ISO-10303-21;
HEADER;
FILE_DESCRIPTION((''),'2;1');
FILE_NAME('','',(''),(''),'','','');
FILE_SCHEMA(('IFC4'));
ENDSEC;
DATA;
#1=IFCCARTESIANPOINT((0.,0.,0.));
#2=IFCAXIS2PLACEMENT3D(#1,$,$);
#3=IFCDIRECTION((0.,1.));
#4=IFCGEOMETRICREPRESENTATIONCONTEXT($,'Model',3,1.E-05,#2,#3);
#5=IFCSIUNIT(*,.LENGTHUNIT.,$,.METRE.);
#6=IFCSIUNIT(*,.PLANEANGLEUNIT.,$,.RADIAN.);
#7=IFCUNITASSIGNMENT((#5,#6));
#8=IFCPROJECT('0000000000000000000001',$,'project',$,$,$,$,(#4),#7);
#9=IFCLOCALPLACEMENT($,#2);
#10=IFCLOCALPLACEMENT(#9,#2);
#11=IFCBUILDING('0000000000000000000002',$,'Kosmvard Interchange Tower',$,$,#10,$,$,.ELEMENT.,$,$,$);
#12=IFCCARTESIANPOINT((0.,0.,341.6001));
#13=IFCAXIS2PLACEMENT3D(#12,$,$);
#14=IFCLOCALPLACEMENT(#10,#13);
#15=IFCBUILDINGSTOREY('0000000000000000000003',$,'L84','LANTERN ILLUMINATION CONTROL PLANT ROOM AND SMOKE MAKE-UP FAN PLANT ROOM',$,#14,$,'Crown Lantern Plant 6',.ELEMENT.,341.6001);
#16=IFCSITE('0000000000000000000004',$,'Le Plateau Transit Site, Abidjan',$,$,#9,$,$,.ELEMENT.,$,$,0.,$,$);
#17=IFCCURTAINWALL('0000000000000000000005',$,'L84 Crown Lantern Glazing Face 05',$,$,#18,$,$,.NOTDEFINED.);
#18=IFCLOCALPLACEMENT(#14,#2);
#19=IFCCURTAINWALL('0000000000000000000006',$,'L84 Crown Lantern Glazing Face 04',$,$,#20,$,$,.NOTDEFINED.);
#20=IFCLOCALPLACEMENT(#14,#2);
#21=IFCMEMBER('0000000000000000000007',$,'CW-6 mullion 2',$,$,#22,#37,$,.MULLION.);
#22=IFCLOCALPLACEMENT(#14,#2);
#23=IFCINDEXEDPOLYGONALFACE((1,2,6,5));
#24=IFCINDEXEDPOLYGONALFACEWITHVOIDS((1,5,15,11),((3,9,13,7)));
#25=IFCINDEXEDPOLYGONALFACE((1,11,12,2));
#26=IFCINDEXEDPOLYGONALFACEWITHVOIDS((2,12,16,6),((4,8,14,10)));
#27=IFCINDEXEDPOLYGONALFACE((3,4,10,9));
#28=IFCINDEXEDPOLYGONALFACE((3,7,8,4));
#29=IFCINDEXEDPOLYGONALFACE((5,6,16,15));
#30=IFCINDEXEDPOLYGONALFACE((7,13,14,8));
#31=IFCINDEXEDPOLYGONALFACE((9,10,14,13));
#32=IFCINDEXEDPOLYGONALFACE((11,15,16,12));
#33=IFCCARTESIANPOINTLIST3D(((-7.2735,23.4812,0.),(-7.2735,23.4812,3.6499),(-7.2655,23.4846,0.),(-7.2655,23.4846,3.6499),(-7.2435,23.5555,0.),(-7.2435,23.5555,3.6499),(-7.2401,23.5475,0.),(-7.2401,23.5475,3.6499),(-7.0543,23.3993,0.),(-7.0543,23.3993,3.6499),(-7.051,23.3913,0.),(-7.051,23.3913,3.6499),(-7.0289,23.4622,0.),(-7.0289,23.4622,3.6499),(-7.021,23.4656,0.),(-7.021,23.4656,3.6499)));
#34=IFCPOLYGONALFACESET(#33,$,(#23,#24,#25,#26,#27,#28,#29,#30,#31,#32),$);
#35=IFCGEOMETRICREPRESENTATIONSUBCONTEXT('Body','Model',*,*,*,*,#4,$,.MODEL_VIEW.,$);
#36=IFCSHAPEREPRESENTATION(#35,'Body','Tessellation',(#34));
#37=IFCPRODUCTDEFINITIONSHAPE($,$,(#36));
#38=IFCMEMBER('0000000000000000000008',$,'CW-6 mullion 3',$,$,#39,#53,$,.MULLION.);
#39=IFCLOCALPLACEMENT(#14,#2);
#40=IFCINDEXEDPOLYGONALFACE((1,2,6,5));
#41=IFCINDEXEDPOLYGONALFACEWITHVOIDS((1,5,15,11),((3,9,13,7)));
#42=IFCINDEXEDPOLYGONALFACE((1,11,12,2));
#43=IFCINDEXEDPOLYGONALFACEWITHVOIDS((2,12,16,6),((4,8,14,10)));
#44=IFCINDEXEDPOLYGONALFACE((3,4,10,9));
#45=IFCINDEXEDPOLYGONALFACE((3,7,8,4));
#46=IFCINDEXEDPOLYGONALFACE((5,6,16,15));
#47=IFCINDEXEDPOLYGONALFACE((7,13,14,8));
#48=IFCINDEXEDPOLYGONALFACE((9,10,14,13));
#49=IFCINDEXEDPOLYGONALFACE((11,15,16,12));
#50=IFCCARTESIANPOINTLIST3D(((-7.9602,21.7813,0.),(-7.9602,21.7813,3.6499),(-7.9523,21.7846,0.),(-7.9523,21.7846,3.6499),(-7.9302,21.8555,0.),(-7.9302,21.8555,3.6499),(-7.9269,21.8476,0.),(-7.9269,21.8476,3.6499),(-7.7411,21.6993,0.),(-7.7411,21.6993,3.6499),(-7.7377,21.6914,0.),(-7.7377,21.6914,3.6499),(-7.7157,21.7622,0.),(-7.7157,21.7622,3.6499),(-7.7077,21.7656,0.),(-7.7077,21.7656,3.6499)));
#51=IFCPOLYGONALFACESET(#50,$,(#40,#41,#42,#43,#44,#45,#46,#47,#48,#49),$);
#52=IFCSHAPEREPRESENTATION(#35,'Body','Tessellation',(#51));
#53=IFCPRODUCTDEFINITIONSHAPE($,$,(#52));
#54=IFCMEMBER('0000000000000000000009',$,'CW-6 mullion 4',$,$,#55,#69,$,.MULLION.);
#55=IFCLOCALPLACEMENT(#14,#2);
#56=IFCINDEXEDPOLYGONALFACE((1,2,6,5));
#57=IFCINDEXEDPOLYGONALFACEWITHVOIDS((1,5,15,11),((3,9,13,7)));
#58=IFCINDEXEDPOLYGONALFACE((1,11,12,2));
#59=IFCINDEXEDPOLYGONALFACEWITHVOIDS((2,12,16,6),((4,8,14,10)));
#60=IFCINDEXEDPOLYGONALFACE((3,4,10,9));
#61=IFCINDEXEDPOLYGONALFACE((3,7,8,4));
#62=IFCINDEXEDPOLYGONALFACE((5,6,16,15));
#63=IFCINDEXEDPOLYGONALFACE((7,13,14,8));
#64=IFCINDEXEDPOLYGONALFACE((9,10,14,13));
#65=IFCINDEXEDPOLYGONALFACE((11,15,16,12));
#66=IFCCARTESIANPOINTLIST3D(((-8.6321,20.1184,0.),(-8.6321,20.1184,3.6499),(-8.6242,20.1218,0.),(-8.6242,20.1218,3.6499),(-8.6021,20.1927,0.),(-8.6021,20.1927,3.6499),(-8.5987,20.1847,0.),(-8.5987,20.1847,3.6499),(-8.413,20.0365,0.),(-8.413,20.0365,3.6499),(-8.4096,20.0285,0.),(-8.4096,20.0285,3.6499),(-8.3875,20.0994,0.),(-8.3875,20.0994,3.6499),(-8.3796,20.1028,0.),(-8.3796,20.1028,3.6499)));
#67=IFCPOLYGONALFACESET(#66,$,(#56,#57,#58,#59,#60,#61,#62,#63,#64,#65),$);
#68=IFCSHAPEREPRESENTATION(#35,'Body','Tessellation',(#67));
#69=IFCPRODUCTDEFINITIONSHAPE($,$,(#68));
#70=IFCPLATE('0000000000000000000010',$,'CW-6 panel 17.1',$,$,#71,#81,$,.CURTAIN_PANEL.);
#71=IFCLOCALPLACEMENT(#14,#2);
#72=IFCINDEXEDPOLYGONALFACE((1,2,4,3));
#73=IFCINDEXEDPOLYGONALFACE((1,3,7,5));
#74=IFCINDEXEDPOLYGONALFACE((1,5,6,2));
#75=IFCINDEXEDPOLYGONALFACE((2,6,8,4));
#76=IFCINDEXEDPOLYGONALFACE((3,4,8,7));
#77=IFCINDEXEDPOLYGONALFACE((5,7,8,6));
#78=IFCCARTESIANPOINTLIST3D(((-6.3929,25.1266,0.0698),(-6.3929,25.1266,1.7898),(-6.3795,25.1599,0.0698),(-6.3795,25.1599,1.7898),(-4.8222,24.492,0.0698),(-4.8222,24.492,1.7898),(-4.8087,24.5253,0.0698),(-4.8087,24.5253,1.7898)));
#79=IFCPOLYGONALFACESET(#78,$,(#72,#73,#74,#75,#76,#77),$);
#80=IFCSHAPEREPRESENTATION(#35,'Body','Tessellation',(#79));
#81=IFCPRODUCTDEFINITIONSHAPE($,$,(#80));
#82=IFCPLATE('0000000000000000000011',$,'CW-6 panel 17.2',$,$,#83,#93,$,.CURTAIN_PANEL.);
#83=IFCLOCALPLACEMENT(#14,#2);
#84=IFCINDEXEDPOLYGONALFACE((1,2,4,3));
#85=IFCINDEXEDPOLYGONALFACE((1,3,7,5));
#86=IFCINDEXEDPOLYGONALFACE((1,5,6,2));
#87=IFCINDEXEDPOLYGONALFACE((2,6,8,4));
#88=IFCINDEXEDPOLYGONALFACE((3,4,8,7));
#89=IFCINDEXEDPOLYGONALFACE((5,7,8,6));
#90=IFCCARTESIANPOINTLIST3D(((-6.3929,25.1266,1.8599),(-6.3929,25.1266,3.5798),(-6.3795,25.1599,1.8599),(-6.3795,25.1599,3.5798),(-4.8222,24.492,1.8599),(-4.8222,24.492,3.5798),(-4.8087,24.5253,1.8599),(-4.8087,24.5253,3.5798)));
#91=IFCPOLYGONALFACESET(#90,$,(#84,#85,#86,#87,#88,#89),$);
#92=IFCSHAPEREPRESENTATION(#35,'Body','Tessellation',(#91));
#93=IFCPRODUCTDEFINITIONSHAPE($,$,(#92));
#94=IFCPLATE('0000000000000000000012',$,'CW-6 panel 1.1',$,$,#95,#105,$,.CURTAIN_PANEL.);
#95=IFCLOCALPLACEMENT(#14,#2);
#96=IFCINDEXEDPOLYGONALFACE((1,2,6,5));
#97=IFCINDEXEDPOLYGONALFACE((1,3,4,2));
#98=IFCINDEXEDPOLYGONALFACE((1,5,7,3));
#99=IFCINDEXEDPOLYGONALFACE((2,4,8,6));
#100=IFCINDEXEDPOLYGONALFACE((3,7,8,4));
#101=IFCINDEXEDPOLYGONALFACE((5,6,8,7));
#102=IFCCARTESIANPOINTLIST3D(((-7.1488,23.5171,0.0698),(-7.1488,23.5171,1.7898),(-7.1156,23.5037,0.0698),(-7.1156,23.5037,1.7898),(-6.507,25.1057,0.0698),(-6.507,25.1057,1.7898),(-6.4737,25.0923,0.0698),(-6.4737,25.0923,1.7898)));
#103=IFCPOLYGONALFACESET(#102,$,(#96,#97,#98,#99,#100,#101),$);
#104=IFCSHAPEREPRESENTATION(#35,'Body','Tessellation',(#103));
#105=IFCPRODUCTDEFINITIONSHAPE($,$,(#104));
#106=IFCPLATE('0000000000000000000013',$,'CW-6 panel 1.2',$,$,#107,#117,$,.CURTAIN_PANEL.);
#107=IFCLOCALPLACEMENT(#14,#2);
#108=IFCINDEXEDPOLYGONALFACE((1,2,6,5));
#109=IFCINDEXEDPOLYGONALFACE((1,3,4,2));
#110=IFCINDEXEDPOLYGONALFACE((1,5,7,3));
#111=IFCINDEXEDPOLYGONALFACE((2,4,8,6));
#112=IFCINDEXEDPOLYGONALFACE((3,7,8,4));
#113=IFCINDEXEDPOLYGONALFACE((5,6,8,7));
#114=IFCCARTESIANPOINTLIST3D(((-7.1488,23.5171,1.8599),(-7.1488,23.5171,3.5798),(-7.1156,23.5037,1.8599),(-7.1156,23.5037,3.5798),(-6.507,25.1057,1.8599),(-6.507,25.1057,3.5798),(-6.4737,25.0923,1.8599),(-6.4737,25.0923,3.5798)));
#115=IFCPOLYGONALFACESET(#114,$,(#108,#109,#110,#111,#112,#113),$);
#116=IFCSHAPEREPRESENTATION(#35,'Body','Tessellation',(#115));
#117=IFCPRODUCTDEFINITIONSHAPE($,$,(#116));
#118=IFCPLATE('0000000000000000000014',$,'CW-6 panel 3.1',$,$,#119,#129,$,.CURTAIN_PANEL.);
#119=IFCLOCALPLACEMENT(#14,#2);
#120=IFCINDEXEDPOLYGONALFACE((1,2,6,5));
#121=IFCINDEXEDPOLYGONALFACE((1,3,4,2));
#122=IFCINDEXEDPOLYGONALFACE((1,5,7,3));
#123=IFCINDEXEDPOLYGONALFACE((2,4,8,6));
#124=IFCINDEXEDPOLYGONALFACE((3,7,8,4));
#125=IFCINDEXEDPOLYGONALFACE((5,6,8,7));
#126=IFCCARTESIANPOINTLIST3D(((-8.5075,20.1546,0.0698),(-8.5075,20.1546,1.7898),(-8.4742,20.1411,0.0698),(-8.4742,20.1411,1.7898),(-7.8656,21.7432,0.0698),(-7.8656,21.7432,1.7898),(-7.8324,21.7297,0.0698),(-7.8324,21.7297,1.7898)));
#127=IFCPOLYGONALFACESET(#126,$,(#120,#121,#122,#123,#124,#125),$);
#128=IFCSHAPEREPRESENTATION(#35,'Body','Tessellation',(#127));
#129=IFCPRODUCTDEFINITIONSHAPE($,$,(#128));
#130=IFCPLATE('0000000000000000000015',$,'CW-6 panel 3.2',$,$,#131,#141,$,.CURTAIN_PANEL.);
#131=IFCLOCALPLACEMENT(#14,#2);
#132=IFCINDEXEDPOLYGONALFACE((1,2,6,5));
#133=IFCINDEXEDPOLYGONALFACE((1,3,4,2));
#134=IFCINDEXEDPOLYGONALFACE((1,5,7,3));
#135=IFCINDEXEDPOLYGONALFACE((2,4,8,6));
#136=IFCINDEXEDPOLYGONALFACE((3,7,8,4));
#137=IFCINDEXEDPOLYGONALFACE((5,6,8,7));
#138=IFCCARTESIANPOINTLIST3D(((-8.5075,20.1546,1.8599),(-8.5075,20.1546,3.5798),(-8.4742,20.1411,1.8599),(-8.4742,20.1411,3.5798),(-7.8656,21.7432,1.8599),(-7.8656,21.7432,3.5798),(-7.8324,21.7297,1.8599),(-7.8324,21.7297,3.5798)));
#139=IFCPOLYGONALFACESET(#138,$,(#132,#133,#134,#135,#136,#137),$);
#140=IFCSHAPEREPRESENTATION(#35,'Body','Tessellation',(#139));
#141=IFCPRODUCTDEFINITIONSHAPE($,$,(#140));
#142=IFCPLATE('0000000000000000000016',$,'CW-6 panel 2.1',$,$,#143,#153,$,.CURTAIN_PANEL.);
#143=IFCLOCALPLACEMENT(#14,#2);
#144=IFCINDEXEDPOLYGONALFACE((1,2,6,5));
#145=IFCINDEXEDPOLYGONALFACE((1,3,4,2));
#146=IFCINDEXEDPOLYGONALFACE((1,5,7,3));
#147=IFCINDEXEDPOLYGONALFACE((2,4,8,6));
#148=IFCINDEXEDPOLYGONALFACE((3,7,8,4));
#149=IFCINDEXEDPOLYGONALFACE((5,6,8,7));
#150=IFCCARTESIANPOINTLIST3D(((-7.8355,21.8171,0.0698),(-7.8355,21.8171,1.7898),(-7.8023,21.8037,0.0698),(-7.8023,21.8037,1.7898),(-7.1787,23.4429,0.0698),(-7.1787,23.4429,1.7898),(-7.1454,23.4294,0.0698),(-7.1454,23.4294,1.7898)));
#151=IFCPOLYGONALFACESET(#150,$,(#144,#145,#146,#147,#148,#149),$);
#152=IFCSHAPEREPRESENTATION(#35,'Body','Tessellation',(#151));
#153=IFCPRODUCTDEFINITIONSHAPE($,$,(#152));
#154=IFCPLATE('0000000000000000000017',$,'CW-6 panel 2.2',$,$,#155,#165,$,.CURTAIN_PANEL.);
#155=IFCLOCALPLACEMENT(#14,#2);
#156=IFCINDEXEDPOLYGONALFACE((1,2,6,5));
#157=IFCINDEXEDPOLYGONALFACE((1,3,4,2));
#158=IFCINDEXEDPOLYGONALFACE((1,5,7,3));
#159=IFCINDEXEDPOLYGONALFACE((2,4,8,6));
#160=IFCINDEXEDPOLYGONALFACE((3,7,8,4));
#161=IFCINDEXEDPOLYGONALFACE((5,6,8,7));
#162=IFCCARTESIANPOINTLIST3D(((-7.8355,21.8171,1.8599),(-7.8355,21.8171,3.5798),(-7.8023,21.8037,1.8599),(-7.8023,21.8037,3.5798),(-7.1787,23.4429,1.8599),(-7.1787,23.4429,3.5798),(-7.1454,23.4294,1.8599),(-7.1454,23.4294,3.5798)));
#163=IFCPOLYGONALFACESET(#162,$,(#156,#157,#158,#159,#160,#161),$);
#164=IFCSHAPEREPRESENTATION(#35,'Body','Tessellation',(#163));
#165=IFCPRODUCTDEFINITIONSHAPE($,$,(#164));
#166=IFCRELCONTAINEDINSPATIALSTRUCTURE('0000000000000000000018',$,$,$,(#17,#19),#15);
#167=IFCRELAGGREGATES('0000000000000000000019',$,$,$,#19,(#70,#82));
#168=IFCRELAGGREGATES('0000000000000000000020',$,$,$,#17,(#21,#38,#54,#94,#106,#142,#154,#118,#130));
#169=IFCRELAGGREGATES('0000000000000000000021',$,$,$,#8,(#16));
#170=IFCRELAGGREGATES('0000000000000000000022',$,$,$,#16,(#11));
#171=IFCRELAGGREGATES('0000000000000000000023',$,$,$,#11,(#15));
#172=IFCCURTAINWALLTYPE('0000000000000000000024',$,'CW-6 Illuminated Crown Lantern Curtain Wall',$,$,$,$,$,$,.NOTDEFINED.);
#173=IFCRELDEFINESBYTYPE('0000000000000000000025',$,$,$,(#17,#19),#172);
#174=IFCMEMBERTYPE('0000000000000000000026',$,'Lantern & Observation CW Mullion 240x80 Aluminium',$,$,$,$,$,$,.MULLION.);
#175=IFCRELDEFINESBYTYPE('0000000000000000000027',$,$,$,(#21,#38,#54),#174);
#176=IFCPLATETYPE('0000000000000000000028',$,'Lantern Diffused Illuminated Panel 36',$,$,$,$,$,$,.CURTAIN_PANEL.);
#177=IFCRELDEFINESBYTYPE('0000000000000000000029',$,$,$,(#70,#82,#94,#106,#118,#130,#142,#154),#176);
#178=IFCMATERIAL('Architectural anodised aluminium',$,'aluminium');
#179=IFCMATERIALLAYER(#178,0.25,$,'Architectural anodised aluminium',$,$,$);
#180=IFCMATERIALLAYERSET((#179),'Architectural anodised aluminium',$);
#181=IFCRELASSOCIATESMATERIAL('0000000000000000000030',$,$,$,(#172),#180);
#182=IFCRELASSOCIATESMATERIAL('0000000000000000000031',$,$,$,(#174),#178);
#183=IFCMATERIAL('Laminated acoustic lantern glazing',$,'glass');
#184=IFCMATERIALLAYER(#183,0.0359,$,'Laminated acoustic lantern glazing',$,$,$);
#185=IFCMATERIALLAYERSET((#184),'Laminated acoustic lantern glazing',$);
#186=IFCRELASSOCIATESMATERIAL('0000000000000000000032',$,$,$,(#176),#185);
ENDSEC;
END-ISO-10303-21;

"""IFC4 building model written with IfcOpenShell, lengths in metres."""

from ifc_helpers import new_model, si_unit, direction, frame, origin, origin_2d, place, context, subcontext, project, spatial, rectangle, hollow_rectangle, extrude, source, transform, mapped, material, layer, layer_set, material_profile, profile_set, type_object, element, aggregate, save


model = new_model("IFC4")

# Units and contexts
model_context = context("Model", 3, precision=1e-05, world=origin(), true_north=direction((0.0, 1.0)))
body_context = subcontext(model_context, "Body", "Model", "MODEL_VIEW")
ifc_project = project(units=[si_unit("LENGTHUNIT", "METRE"), si_unit("PLANEANGLEUNIT", "RADIAN")], contexts=[model_context])

# Site, building, storey
site_placement = place(None, origin())
site = spatial("IfcSite", under=ifc_project, at=site_placement, Name="Le Plateau Transit Site, Abidjan", CompositionType="ELEMENT", RefElevation=0.0)
building_placement = place(site_placement, origin())
building = spatial("IfcBuilding", under=site, at=building_placement, Name="Kosmvard Interchange Tower", CompositionType="ELEMENT")
storey_placement = place(building_placement, frame((0.0, 0.0, 341.6001)))
storey = spatial("IfcBuildingStorey", under=building, at=storey_placement, Name="L84", Description="LANTERN ILLUMINATION CONTROL PLANT ROOM AND SMOKE MAKE-UP FAN PLANT ROOM", LongName="Crown Lantern Plant 6", CompositionType="ELEMENT", Elevation=341.6001)

# Curtain wall
ifc_material_1 = material(Name="Architectural anodised aluminium", Category="aluminium")
ifc_layer_1 = layer(ifc_material_1, 0.25, Name="Architectural anodised aluminium")
ifc_layer_set_1 = layer_set([ifc_layer_1], Name="Architectural anodised aluminium")
curtain_wall_type = type_object("IfcCurtainWallType", Name="CW-6 Illuminated Crown Lantern Curtain Wall", PredefinedType="NOTDEFINED", material=ifc_layer_set_1)
curtain_wall_1_placement = place(storey_placement, origin())
curtain_wall_1 = element("IfcCurtainWall", 1, at=curtain_wall_1_placement, inside=storey, type_object=curtain_wall_type, Name="L84 Crown Lantern Glazing Face 05", PredefinedType="NOTDEFINED")

# Curtain wall
curtain_wall_2_placement = place(storey_placement, origin())
curtain_wall_2 = element("IfcCurtainWall", 2, at=curtain_wall_2_placement, inside=storey, type_object=curtain_wall_type, Name="L84 Crown Lantern Glazing Face 04", PredefinedType="NOTDEFINED")
ifc_material_profile_1 = material_profile(ifc_material_1, hollow_rectangle(XDim=0.24, YDim=0.0801, WallThickness=0.0061, at=origin_2d()), Name="CWM 240x80x6")
ifc_profile_set_1 = profile_set([ifc_material_profile_1], Name="Architectural anodised aluminium")
member_type_1 = type_object("IfcMemberType", Name="Lantern & Observation CW Mullion 240x80 Aluminium", PredefinedType="MULLION", material=ifc_profile_set_1)
shared_shape_1 = source(origin(), body_context, "Body", "SweptSolid", [
    extrude(hollow_rectangle(XDim=0.24, YDim=0.0801, WallThickness=0.0061, at=origin_2d()), origin(), (0.0, 0.0, 1.0), 3.6499),
])

# Members
member_1_placement = place(storey_placement, frame((-7.1472, 23.4734, 0.0), z_axis=(0.0, 0.0, 1.0), x_axis=(0.927184, -0.374607, 0.0)))
member_1 = element("IfcMember", 3, at=member_1_placement, type_object=member_type_1, Name="CW-6 mullion 2", PredefinedType="MULLION", context=body_context, shape_type="MappedRepresentation", body=[
    mapped(shared_shape_1, transform((0.0, 0.0, 0.0), scale=1.0)),
])
member_2_placement = place(storey_placement, frame((-7.834, 21.7734, 0.0), z_axis=(0.0, 0.0, 1.0), x_axis=(0.927184, -0.374607, 0.0)))
member_2 = element("IfcMember", 4, at=member_2_placement, type_object=member_type_1, Name="CW-6 mullion 3", PredefinedType="MULLION", context=body_context, shape_type="MappedRepresentation", body=[
    mapped(shared_shape_1, transform((0.0, 0.0, 0.0), scale=1.0)),
])
member_3_placement = place(storey_placement, frame((-8.5059, 20.1106, 0.0), z_axis=(0.0, 0.0, 1.0), x_axis=(0.927184, -0.374607, 0.0)))
member_3 = element("IfcMember", 5, at=member_3_placement, type_object=member_type_1, Name="CW-6 mullion 4", PredefinedType="MULLION", context=body_context, shape_type="MappedRepresentation", body=[
    mapped(shared_shape_1, transform((0.0, 0.0, 0.0), scale=1.0)),
])

# Plates
ifc_material_2 = material(Name="Laminated acoustic lantern glazing", Category="glass")
ifc_layer_2 = layer(ifc_material_2, 0.0359, Name="Laminated acoustic lantern glazing")
ifc_layer_set_2 = layer_set([ifc_layer_2], Name="Laminated acoustic lantern glazing")
plate_type = type_object("IfcPlateType", Name="Lantern Diffused Illuminated Panel 36", PredefinedType="CURTAIN_PANEL", material=ifc_layer_set_2)
shared_shape_2 = source(origin(), body_context, "Body", "SweptSolid", [
    extrude(rectangle(XDim=1.6941, YDim=0.0359, at=origin_2d()), origin(), (0.0, 0.0, 1.0), 1.72),
])
plate_1_placement = place(storey_placement, frame((-5.6008, 24.8259, 0.0698), z_axis=(0.0, 0.0, 1.0), x_axis=(-0.927184, 0.374607, 0.0)))
plate_1 = element("IfcPlate", 6, at=plate_1_placement, type_object=plate_type, Name="CW-6 panel 17.1", PredefinedType="CURTAIN_PANEL", context=body_context, shape_type="MappedRepresentation", body=[
    mapped(shared_shape_2, transform((0.0, 0.0, 0.0), scale=1.0)),
])
plate_2_placement = place(storey_placement, frame((-5.6008, 24.8259, 1.8599), z_axis=(0.0, 0.0, 1.0), x_axis=(-0.927184, 0.374607, 0.0)))
plate_2 = element("IfcPlate", 7, at=plate_2_placement, type_object=plate_type, Name="CW-6 panel 17.2", PredefinedType="CURTAIN_PANEL", context=body_context, shape_type="MappedRepresentation", body=[
    mapped(shared_shape_2, transform((0.0, 0.0, 0.0), scale=1.0)),
])
aggregate(curtain_wall_2, [plate_1, plate_2])
shared_shape_3 = source(origin(), body_context, "Body", "SweptSolid", [
    extrude(rectangle(XDim=1.7134, YDim=0.0359, at=origin_2d()), origin(), (0.0, 0.0, 1.0), 1.72),
])
plate_3_placement = place(storey_placement, frame((-6.8113, 24.3047, 0.0698), z_axis=(0.0, 0.0, 1.0), x_axis=(-0.374607, -0.927184, 0.0)))
plate_3 = element("IfcPlate", 8, at=plate_3_placement, type_object=plate_type, Name="CW-6 panel 1.1", PredefinedType="CURTAIN_PANEL", context=body_context, shape_type="MappedRepresentation", body=[
    mapped(shared_shape_3, transform((0.0, 0.0, 0.0), scale=1.0)),
])
plate_4_placement = place(storey_placement, frame((-6.8113, 24.3047, 1.8599), z_axis=(0.0, 0.0, 1.0), x_axis=(-0.374607, -0.927184, 0.0)))
plate_4 = element("IfcPlate", 9, at=plate_4_placement, type_object=plate_type, Name="CW-6 panel 1.2", PredefinedType="CURTAIN_PANEL", context=body_context, shape_type="MappedRepresentation", body=[
    mapped(shared_shape_3, transform((0.0, 0.0, 0.0), scale=1.0)),
])
plate_5_placement = place(storey_placement, frame((-8.1699, 20.9421, 0.0698), z_axis=(0.0, 0.0, 1.0), x_axis=(-0.374607, -0.927184, 0.0)))
plate_5 = element("IfcPlate", 10, at=plate_5_placement, type_object=plate_type, Name="CW-6 panel 3.1", PredefinedType="CURTAIN_PANEL", context=body_context, shape_type="MappedRepresentation", body=[
    mapped(shared_shape_3, transform((0.0, 0.0, 0.0), scale=1.0)),
])
plate_6_placement = place(storey_placement, frame((-8.1699, 20.9421, 1.8599), z_axis=(0.0, 0.0, 1.0), x_axis=(-0.374607, -0.927184, 0.0)))
plate_6 = element("IfcPlate", 11, at=plate_6_placement, type_object=plate_type, Name="CW-6 panel 3.2", PredefinedType="CURTAIN_PANEL", context=body_context, shape_type="MappedRepresentation", body=[
    mapped(shared_shape_3, transform((0.0, 0.0, 0.0), scale=1.0)),
])
shared_shape_4 = source(origin(), body_context, "Body", "SweptSolid", [
    extrude(rectangle(XDim=1.7534, YDim=0.0359, at=origin_2d()), origin(), (0.0, 0.0, 1.0), 1.72),
])
plate_7_placement = place(storey_placement, frame((-7.4905, 22.6233, 0.0698), z_axis=(0.0, 0.0, 1.0), x_axis=(-0.374607, -0.927184, 0.0)))
plate_7 = element("IfcPlate", 12, at=plate_7_placement, type_object=plate_type, Name="CW-6 panel 2.1", PredefinedType="CURTAIN_PANEL", context=body_context, shape_type="MappedRepresentation", body=[
    mapped(shared_shape_4, transform((0.0, 0.0, 0.0), scale=1.0)),
])
plate_8_placement = place(storey_placement, frame((-7.4905, 22.6233, 1.8599), z_axis=(0.0, 0.0, 1.0), x_axis=(-0.374607, -0.927184, 0.0)))
plate_8 = element("IfcPlate", 13, at=plate_8_placement, type_object=plate_type, Name="CW-6 panel 2.2", PredefinedType="CURTAIN_PANEL", context=body_context, shape_type="MappedRepresentation", body=[
    mapped(shared_shape_4, transform((0.0, 0.0, 0.0), scale=1.0)),
])
aggregate(curtain_wall_1, [member_1, member_2, member_3, plate_3, plate_4, plate_7, plate_8, plate_5, plate_6])

save(model, "model.ifc")
